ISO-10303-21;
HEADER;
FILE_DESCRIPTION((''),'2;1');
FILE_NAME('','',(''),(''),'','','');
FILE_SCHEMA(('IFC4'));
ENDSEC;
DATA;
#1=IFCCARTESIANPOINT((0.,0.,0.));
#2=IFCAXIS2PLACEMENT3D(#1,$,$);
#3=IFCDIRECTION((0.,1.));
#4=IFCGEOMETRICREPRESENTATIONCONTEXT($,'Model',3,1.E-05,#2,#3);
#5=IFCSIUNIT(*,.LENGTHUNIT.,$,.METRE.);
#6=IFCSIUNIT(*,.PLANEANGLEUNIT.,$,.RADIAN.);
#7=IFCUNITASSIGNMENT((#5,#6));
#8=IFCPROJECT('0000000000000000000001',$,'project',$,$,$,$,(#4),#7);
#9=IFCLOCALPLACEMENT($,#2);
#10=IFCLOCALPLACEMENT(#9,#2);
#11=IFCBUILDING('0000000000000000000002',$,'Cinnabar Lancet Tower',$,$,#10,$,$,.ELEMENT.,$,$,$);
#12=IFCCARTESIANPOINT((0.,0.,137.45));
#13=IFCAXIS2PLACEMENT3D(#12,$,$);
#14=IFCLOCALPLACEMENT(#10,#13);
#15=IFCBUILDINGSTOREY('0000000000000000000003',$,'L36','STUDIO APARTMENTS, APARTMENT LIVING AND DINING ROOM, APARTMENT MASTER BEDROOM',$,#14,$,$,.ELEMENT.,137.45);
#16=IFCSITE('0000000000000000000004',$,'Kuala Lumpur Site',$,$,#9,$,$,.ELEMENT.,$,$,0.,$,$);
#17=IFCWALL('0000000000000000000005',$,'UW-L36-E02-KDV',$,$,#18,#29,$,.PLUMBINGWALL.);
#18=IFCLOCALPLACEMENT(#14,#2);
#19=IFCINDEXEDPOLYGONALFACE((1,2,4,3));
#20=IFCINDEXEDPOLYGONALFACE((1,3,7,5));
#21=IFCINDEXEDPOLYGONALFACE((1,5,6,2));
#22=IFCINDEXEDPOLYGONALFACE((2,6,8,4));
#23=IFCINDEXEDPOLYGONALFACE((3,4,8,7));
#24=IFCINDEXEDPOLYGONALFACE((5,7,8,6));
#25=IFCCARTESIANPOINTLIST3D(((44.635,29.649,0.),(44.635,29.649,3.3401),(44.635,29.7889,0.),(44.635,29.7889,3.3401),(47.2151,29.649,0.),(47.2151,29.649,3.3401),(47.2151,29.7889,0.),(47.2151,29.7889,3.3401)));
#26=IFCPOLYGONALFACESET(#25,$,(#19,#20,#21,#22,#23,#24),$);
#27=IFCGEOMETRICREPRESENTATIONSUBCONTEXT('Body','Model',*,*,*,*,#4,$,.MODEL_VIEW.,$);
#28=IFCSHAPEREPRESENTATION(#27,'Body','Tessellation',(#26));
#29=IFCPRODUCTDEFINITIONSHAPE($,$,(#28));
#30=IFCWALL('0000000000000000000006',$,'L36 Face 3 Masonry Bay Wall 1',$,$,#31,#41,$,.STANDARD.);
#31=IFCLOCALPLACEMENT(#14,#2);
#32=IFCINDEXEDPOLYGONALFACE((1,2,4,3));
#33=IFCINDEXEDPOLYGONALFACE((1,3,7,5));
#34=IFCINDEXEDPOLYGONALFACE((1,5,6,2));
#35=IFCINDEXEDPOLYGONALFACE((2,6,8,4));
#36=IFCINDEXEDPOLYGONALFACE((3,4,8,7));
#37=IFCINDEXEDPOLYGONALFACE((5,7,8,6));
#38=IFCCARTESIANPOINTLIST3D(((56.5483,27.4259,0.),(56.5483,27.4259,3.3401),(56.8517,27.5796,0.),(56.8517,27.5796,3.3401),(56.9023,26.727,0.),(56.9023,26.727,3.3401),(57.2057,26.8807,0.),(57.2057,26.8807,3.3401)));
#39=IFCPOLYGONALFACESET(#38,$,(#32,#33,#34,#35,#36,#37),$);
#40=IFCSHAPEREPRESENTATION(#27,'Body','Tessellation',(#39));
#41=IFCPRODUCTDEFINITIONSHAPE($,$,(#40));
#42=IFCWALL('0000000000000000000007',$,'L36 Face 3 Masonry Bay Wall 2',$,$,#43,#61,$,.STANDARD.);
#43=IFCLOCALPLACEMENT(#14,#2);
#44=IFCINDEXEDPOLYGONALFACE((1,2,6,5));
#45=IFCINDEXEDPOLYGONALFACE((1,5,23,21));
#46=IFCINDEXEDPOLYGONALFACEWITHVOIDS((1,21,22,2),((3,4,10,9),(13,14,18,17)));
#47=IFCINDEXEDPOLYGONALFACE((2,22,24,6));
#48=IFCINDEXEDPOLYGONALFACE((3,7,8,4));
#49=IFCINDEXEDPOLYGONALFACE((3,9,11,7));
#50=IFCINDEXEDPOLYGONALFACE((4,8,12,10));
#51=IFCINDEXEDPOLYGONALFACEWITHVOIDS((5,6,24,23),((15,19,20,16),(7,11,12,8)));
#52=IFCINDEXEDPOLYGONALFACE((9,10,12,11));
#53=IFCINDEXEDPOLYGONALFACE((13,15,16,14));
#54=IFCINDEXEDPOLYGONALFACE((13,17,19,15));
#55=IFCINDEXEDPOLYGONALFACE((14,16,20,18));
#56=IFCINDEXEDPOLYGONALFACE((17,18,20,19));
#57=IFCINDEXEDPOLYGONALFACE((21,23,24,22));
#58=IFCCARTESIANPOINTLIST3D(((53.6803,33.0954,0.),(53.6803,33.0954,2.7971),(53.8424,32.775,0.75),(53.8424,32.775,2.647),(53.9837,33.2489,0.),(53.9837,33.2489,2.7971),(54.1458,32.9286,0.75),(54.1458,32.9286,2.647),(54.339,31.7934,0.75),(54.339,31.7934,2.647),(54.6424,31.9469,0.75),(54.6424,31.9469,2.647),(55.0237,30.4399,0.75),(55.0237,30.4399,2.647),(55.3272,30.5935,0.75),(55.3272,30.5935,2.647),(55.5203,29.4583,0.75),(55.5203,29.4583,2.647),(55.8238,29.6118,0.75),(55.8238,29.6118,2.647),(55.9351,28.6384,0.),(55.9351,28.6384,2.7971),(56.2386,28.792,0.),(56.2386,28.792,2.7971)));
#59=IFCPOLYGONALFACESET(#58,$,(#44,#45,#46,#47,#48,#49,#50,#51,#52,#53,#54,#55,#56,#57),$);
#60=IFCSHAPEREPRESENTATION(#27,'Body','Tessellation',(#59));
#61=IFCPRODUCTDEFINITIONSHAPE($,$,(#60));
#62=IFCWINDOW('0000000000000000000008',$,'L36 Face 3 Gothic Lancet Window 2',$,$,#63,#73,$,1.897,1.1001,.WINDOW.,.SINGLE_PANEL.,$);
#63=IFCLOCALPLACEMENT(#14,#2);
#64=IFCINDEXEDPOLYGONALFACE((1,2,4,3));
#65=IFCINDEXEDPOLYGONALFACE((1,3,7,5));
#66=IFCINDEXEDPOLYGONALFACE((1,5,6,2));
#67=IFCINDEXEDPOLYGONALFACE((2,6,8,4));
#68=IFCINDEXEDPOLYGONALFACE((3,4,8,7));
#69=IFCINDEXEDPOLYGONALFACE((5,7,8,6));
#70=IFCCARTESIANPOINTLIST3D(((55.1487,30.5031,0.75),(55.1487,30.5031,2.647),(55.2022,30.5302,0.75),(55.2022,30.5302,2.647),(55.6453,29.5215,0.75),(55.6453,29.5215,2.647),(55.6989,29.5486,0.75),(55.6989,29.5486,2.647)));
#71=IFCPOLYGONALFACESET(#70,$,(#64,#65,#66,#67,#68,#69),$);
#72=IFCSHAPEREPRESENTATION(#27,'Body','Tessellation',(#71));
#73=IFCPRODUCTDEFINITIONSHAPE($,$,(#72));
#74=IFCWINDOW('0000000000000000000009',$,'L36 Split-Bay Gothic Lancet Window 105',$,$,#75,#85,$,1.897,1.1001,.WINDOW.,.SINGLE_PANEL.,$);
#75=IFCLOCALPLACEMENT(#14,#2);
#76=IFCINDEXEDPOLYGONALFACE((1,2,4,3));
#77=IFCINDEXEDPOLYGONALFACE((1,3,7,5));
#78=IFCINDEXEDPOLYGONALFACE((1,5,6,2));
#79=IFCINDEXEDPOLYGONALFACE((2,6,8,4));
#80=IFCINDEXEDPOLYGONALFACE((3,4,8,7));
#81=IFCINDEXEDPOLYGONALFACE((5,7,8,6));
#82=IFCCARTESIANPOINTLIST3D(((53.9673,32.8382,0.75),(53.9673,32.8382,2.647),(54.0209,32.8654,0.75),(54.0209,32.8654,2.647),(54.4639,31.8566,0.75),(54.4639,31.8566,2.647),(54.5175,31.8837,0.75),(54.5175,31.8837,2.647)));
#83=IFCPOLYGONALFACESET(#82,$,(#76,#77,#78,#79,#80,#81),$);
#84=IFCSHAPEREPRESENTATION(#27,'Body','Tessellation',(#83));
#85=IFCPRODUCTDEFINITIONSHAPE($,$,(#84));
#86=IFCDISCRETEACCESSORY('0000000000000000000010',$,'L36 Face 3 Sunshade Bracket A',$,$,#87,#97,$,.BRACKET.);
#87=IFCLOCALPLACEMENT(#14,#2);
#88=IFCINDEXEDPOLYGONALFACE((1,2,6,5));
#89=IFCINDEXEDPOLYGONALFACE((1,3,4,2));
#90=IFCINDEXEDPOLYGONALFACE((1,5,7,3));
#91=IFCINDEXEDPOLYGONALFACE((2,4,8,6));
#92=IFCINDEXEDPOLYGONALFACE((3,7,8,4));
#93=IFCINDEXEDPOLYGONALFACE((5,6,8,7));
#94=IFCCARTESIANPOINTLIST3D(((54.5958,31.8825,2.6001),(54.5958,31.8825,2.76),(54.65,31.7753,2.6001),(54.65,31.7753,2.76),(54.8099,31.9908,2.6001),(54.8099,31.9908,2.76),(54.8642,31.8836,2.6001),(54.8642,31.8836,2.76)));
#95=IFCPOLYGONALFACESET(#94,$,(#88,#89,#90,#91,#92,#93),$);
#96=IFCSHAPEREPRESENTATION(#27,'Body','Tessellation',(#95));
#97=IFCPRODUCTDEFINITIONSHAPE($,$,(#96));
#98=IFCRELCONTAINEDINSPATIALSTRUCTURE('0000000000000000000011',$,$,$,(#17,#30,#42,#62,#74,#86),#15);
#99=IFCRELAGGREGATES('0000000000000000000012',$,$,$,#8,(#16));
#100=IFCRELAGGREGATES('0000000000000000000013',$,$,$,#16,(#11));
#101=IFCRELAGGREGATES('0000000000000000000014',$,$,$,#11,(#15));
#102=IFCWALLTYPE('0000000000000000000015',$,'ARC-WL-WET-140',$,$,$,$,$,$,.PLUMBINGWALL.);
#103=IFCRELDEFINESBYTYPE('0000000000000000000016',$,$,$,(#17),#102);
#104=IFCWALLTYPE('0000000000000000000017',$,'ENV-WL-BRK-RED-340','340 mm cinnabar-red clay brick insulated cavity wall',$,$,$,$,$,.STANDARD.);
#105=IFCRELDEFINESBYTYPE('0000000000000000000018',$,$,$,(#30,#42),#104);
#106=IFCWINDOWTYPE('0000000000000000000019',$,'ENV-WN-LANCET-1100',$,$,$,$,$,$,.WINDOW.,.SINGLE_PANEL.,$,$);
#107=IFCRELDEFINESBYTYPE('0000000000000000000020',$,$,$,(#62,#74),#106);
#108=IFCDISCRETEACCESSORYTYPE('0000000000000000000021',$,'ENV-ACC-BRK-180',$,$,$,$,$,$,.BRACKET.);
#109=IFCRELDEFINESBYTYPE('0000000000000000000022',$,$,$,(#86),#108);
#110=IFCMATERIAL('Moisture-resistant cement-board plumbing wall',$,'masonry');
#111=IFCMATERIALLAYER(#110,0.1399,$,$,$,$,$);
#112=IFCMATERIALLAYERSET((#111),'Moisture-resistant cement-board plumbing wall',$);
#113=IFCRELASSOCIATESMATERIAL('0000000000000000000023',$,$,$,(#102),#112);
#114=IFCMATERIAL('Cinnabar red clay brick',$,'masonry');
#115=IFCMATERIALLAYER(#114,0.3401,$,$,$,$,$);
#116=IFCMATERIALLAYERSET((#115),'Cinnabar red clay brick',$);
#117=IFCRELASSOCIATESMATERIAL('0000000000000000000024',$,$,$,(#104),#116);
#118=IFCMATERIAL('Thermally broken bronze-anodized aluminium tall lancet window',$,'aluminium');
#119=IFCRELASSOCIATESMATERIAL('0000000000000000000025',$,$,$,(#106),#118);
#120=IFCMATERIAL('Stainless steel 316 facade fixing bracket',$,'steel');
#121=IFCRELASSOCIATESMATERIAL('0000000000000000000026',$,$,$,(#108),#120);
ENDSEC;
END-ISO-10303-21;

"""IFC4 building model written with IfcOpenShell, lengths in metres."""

from ifc_helpers import new_model, si_unit, direction, frame, frame_2d, origin, origin_2d, place, context, subcontext, project, spatial, rectangle, extrude, material, layer, layer_set, type_object, element, fill, save


model = new_model("IFC4")

# Units and contexts
model_context = context("Model", 3, precision=1e-05, world=origin(), true_north=direction((0.0, 1.0)))
body_context = subcontext(model_context, "Body", "Model", "MODEL_VIEW")
ifc_project = project(units=[si_unit("LENGTHUNIT", "METRE"), si_unit("PLANEANGLEUNIT", "RADIAN")], contexts=[model_context])

# Site, building, storey
site_placement = place(None, origin())
site = spatial("IfcSite", under=ifc_project, at=site_placement, Name="Kuala Lumpur Site", CompositionType="ELEMENT", RefElevation=0.0)
building_placement = place(site_placement, origin())
building = spatial("IfcBuilding", under=site, at=building_placement, Name="Cinnabar Lancet Tower", CompositionType="ELEMENT")
storey_placement = place(building_placement, frame((0.0, 0.0, 137.45)))
storey = spatial("IfcBuildingStorey", under=building, at=storey_placement, Name="L36", Description="STUDIO APARTMENTS, APARTMENT LIVING AND DINING ROOM, APARTMENT MASTER BEDROOM", CompositionType="ELEMENT", Elevation=137.45)

# Shared definitions
ifc_material_1 = material(Name="Moisture-resistant cement-board plumbing wall", Category="masonry")
ifc_layer_1 = layer(ifc_material_1, 0.1399)
ifc_layer_set_1 = layer_set([ifc_layer_1], Name="Moisture-resistant cement-board plumbing wall")
wall_type_1 = type_object("IfcWallType", Name="ARC-WL-WET-140", PredefinedType="PLUMBINGWALL", material=ifc_layer_set_1)

# Walls
for number, where, z_axis, x_axis, name in (
    (1, (44.635, 29.719, 0.0), (0.0, 0.0, 1.0), (1.0, 0.0, 0.0), "UW-L36-E02-KDV"),
):
    element("IfcWall", number, at=place(storey_placement, frame(where, z_axis=z_axis, x_axis=x_axis)), inside=storey, type_object=wall_type_1, Name=name, PredefinedType="PLUMBINGWALL", context=body_context, shape_type="SweptSolid", body=[
        extrude(rectangle(XDim=2.5801, YDim=0.1399, at=frame_2d((1.29, 0.0))), origin(), (0.0, 0.0, 1.0), 3.3401),
    ])
ifc_material_2 = material(Name="Cinnabar red clay brick", Category="masonry")
ifc_layer_2 = layer(ifc_material_2, 0.3401)
ifc_layer_set_2 = layer_set([ifc_layer_2], Name="Cinnabar red clay brick")
wall_type_2 = type_object("IfcWallType", Name="ENV-WL-BRK-RED-340", Description="340 mm cinnabar-red clay brick insulated cavity wall", PredefinedType="STANDARD", material=ifc_layer_set_2)
wall_1_placement = place(storey_placement, frame((57.054, 26.804, 0.0), z_axis=(0.0, 0.0, 1.0), x_axis=(-0.451819, 0.892109, 0.0)))
element("IfcWall", 2, at=wall_1_placement, inside=storey, type_object=wall_type_2, Name="L36 Face 3 Masonry Bay Wall 1", PredefinedType="STANDARD", context=body_context, shape_type="SweptSolid", body=[
    extrude(rectangle(XDim=0.7834, YDim=0.3401, at=frame_2d((0.3916, 0.0))), origin(), (0.0, 0.0, 1.0), 3.3401),
])

# Wall, openings, windows
wall_2_placement = place(storey_placement, frame((56.0869, 28.7151, 0.0), z_axis=(0.0, 0.0, 1.0), x_axis=(-0.451432, 0.892306, 0.0)))
wall_2 = element("IfcWall", 3, at=wall_2_placement, inside=storey, type_object=wall_type_2, Name="L36 Face 3 Masonry Bay Wall 2", PredefinedType="STANDARD", context=body_context, shape_type="SweptSolid", body=[
    extrude(rectangle(XDim=4.9949, YDim=0.3401, at=frame_2d((2.4976, 0.0))), origin(), (0.0, 0.0, 1.0), 2.7971),
])
opening_1_placement = place(wall_2_placement, frame((0.9189, 0.0, 0.75)))
opening_1 = element("IfcOpeningElement", 4, at=opening_1_placement, cuts=wall_2, PredefinedType="OPENING", context=body_context, shape_type="SweptSolid", body=[
    extrude(rectangle(XDim=1.1001, YDim=1.897, at=frame_2d((0.55, 0.9485))), frame((0.0, 0.1799, 0.0), z_axis=(0.0, -1.0, 0.0), x_axis=(1.0, 0.0, 0.0)), (0.0, 0.0, 1.0), 0.3601),
])
opening_2_placement = place(wall_2_placement, frame((3.5359, 0.0, 0.75)))
opening_2 = element("IfcOpeningElement", 5, at=opening_2_placement, cuts=wall_2, PredefinedType="OPENING", context=body_context, shape_type="SweptSolid", body=[
    extrude(rectangle(XDim=1.1001, YDim=1.897, at=frame_2d((0.55, 0.9485))), frame((0.0, 0.1799, 0.0), z_axis=(0.0, -1.0, 0.0), x_axis=(1.0, 0.0, 0.0)), (0.0, 0.0, 1.0), 0.3601),
])
ifc_material_3 = material(Name="Thermally broken bronze-anodized aluminium tall lancet window", Category="aluminium")
window_type = type_object("IfcWindowType", Name="ENV-WN-LANCET-1100", PartitioningType="SINGLE_PANEL", PredefinedType="WINDOW", material=ifc_material_3)
window_1_placement = place(opening_1_placement, origin())
window_1 = element("IfcWindow", 6, at=window_1_placement, inside=storey, type_object=window_type, Name="L36 Face 3 Gothic Lancet Window 2", OverallHeight=1.897, OverallWidth=1.1001, PartitioningType="SINGLE_PANEL", PredefinedType="WINDOW", context=body_context, shape_type="SweptSolid", body=[
    extrude(rectangle(XDim=1.1001, YDim=1.897, at=frame_2d((0.55, 0.9485))), frame((0.0, 0.03, 0.0), z_axis=(0.0, -1.0, 0.0), x_axis=(1.0, 0.0, 0.0)), (0.0, 0.0, 1.0), 0.0601),
])
fill(opening_1, window_1)
window_2_placement = place(opening_2_placement, origin())
window_2 = element("IfcWindow", 7, at=window_2_placement, inside=storey, type_object=window_type, Name="L36 Split-Bay Gothic Lancet Window 105", OverallHeight=1.897, OverallWidth=1.1001, PartitioningType="SINGLE_PANEL", PredefinedType="WINDOW", context=body_context, shape_type="SweptSolid", body=[
    extrude(rectangle(XDim=1.1001, YDim=1.897, at=frame_2d((0.55, 0.9485))), frame((0.0, 0.03, 0.0), z_axis=(0.0, -1.0, 0.0), x_axis=(1.0, 0.0, 0.0)), (0.0, 0.0, 1.0), 0.0601),
])
fill(opening_2, window_2)

# Discrete accessory
ifc_material_4 = material(Name="Stainless steel 316 facade fixing bracket", Category="steel")
discrete_accessory_type = type_object("IfcDiscreteAccessoryType", Name="ENV-ACC-BRK-180", PredefinedType="BRACKET", material=ifc_material_4)
discrete_accessory_placement = place(storey_placement, frame((54.73, 31.8831, 2.6001), z_axis=(0.0, 0.0, 1.0), x_axis=(-0.451454, 0.892294, 0.0)))
element("IfcDiscreteAccessory", 8, at=discrete_accessory_placement, inside=storey, type_object=discrete_accessory_type, Name="L36 Face 3 Sunshade Bracket A", PredefinedType="BRACKET", context=body_context, shape_type="SweptSolid", body=[
    extrude(rectangle(XDim=0.1201, YDim=0.24, at=origin_2d()), origin(), (0.0, 0.0, 1.0), 0.1599),
])

save(model, "model.ifc")
